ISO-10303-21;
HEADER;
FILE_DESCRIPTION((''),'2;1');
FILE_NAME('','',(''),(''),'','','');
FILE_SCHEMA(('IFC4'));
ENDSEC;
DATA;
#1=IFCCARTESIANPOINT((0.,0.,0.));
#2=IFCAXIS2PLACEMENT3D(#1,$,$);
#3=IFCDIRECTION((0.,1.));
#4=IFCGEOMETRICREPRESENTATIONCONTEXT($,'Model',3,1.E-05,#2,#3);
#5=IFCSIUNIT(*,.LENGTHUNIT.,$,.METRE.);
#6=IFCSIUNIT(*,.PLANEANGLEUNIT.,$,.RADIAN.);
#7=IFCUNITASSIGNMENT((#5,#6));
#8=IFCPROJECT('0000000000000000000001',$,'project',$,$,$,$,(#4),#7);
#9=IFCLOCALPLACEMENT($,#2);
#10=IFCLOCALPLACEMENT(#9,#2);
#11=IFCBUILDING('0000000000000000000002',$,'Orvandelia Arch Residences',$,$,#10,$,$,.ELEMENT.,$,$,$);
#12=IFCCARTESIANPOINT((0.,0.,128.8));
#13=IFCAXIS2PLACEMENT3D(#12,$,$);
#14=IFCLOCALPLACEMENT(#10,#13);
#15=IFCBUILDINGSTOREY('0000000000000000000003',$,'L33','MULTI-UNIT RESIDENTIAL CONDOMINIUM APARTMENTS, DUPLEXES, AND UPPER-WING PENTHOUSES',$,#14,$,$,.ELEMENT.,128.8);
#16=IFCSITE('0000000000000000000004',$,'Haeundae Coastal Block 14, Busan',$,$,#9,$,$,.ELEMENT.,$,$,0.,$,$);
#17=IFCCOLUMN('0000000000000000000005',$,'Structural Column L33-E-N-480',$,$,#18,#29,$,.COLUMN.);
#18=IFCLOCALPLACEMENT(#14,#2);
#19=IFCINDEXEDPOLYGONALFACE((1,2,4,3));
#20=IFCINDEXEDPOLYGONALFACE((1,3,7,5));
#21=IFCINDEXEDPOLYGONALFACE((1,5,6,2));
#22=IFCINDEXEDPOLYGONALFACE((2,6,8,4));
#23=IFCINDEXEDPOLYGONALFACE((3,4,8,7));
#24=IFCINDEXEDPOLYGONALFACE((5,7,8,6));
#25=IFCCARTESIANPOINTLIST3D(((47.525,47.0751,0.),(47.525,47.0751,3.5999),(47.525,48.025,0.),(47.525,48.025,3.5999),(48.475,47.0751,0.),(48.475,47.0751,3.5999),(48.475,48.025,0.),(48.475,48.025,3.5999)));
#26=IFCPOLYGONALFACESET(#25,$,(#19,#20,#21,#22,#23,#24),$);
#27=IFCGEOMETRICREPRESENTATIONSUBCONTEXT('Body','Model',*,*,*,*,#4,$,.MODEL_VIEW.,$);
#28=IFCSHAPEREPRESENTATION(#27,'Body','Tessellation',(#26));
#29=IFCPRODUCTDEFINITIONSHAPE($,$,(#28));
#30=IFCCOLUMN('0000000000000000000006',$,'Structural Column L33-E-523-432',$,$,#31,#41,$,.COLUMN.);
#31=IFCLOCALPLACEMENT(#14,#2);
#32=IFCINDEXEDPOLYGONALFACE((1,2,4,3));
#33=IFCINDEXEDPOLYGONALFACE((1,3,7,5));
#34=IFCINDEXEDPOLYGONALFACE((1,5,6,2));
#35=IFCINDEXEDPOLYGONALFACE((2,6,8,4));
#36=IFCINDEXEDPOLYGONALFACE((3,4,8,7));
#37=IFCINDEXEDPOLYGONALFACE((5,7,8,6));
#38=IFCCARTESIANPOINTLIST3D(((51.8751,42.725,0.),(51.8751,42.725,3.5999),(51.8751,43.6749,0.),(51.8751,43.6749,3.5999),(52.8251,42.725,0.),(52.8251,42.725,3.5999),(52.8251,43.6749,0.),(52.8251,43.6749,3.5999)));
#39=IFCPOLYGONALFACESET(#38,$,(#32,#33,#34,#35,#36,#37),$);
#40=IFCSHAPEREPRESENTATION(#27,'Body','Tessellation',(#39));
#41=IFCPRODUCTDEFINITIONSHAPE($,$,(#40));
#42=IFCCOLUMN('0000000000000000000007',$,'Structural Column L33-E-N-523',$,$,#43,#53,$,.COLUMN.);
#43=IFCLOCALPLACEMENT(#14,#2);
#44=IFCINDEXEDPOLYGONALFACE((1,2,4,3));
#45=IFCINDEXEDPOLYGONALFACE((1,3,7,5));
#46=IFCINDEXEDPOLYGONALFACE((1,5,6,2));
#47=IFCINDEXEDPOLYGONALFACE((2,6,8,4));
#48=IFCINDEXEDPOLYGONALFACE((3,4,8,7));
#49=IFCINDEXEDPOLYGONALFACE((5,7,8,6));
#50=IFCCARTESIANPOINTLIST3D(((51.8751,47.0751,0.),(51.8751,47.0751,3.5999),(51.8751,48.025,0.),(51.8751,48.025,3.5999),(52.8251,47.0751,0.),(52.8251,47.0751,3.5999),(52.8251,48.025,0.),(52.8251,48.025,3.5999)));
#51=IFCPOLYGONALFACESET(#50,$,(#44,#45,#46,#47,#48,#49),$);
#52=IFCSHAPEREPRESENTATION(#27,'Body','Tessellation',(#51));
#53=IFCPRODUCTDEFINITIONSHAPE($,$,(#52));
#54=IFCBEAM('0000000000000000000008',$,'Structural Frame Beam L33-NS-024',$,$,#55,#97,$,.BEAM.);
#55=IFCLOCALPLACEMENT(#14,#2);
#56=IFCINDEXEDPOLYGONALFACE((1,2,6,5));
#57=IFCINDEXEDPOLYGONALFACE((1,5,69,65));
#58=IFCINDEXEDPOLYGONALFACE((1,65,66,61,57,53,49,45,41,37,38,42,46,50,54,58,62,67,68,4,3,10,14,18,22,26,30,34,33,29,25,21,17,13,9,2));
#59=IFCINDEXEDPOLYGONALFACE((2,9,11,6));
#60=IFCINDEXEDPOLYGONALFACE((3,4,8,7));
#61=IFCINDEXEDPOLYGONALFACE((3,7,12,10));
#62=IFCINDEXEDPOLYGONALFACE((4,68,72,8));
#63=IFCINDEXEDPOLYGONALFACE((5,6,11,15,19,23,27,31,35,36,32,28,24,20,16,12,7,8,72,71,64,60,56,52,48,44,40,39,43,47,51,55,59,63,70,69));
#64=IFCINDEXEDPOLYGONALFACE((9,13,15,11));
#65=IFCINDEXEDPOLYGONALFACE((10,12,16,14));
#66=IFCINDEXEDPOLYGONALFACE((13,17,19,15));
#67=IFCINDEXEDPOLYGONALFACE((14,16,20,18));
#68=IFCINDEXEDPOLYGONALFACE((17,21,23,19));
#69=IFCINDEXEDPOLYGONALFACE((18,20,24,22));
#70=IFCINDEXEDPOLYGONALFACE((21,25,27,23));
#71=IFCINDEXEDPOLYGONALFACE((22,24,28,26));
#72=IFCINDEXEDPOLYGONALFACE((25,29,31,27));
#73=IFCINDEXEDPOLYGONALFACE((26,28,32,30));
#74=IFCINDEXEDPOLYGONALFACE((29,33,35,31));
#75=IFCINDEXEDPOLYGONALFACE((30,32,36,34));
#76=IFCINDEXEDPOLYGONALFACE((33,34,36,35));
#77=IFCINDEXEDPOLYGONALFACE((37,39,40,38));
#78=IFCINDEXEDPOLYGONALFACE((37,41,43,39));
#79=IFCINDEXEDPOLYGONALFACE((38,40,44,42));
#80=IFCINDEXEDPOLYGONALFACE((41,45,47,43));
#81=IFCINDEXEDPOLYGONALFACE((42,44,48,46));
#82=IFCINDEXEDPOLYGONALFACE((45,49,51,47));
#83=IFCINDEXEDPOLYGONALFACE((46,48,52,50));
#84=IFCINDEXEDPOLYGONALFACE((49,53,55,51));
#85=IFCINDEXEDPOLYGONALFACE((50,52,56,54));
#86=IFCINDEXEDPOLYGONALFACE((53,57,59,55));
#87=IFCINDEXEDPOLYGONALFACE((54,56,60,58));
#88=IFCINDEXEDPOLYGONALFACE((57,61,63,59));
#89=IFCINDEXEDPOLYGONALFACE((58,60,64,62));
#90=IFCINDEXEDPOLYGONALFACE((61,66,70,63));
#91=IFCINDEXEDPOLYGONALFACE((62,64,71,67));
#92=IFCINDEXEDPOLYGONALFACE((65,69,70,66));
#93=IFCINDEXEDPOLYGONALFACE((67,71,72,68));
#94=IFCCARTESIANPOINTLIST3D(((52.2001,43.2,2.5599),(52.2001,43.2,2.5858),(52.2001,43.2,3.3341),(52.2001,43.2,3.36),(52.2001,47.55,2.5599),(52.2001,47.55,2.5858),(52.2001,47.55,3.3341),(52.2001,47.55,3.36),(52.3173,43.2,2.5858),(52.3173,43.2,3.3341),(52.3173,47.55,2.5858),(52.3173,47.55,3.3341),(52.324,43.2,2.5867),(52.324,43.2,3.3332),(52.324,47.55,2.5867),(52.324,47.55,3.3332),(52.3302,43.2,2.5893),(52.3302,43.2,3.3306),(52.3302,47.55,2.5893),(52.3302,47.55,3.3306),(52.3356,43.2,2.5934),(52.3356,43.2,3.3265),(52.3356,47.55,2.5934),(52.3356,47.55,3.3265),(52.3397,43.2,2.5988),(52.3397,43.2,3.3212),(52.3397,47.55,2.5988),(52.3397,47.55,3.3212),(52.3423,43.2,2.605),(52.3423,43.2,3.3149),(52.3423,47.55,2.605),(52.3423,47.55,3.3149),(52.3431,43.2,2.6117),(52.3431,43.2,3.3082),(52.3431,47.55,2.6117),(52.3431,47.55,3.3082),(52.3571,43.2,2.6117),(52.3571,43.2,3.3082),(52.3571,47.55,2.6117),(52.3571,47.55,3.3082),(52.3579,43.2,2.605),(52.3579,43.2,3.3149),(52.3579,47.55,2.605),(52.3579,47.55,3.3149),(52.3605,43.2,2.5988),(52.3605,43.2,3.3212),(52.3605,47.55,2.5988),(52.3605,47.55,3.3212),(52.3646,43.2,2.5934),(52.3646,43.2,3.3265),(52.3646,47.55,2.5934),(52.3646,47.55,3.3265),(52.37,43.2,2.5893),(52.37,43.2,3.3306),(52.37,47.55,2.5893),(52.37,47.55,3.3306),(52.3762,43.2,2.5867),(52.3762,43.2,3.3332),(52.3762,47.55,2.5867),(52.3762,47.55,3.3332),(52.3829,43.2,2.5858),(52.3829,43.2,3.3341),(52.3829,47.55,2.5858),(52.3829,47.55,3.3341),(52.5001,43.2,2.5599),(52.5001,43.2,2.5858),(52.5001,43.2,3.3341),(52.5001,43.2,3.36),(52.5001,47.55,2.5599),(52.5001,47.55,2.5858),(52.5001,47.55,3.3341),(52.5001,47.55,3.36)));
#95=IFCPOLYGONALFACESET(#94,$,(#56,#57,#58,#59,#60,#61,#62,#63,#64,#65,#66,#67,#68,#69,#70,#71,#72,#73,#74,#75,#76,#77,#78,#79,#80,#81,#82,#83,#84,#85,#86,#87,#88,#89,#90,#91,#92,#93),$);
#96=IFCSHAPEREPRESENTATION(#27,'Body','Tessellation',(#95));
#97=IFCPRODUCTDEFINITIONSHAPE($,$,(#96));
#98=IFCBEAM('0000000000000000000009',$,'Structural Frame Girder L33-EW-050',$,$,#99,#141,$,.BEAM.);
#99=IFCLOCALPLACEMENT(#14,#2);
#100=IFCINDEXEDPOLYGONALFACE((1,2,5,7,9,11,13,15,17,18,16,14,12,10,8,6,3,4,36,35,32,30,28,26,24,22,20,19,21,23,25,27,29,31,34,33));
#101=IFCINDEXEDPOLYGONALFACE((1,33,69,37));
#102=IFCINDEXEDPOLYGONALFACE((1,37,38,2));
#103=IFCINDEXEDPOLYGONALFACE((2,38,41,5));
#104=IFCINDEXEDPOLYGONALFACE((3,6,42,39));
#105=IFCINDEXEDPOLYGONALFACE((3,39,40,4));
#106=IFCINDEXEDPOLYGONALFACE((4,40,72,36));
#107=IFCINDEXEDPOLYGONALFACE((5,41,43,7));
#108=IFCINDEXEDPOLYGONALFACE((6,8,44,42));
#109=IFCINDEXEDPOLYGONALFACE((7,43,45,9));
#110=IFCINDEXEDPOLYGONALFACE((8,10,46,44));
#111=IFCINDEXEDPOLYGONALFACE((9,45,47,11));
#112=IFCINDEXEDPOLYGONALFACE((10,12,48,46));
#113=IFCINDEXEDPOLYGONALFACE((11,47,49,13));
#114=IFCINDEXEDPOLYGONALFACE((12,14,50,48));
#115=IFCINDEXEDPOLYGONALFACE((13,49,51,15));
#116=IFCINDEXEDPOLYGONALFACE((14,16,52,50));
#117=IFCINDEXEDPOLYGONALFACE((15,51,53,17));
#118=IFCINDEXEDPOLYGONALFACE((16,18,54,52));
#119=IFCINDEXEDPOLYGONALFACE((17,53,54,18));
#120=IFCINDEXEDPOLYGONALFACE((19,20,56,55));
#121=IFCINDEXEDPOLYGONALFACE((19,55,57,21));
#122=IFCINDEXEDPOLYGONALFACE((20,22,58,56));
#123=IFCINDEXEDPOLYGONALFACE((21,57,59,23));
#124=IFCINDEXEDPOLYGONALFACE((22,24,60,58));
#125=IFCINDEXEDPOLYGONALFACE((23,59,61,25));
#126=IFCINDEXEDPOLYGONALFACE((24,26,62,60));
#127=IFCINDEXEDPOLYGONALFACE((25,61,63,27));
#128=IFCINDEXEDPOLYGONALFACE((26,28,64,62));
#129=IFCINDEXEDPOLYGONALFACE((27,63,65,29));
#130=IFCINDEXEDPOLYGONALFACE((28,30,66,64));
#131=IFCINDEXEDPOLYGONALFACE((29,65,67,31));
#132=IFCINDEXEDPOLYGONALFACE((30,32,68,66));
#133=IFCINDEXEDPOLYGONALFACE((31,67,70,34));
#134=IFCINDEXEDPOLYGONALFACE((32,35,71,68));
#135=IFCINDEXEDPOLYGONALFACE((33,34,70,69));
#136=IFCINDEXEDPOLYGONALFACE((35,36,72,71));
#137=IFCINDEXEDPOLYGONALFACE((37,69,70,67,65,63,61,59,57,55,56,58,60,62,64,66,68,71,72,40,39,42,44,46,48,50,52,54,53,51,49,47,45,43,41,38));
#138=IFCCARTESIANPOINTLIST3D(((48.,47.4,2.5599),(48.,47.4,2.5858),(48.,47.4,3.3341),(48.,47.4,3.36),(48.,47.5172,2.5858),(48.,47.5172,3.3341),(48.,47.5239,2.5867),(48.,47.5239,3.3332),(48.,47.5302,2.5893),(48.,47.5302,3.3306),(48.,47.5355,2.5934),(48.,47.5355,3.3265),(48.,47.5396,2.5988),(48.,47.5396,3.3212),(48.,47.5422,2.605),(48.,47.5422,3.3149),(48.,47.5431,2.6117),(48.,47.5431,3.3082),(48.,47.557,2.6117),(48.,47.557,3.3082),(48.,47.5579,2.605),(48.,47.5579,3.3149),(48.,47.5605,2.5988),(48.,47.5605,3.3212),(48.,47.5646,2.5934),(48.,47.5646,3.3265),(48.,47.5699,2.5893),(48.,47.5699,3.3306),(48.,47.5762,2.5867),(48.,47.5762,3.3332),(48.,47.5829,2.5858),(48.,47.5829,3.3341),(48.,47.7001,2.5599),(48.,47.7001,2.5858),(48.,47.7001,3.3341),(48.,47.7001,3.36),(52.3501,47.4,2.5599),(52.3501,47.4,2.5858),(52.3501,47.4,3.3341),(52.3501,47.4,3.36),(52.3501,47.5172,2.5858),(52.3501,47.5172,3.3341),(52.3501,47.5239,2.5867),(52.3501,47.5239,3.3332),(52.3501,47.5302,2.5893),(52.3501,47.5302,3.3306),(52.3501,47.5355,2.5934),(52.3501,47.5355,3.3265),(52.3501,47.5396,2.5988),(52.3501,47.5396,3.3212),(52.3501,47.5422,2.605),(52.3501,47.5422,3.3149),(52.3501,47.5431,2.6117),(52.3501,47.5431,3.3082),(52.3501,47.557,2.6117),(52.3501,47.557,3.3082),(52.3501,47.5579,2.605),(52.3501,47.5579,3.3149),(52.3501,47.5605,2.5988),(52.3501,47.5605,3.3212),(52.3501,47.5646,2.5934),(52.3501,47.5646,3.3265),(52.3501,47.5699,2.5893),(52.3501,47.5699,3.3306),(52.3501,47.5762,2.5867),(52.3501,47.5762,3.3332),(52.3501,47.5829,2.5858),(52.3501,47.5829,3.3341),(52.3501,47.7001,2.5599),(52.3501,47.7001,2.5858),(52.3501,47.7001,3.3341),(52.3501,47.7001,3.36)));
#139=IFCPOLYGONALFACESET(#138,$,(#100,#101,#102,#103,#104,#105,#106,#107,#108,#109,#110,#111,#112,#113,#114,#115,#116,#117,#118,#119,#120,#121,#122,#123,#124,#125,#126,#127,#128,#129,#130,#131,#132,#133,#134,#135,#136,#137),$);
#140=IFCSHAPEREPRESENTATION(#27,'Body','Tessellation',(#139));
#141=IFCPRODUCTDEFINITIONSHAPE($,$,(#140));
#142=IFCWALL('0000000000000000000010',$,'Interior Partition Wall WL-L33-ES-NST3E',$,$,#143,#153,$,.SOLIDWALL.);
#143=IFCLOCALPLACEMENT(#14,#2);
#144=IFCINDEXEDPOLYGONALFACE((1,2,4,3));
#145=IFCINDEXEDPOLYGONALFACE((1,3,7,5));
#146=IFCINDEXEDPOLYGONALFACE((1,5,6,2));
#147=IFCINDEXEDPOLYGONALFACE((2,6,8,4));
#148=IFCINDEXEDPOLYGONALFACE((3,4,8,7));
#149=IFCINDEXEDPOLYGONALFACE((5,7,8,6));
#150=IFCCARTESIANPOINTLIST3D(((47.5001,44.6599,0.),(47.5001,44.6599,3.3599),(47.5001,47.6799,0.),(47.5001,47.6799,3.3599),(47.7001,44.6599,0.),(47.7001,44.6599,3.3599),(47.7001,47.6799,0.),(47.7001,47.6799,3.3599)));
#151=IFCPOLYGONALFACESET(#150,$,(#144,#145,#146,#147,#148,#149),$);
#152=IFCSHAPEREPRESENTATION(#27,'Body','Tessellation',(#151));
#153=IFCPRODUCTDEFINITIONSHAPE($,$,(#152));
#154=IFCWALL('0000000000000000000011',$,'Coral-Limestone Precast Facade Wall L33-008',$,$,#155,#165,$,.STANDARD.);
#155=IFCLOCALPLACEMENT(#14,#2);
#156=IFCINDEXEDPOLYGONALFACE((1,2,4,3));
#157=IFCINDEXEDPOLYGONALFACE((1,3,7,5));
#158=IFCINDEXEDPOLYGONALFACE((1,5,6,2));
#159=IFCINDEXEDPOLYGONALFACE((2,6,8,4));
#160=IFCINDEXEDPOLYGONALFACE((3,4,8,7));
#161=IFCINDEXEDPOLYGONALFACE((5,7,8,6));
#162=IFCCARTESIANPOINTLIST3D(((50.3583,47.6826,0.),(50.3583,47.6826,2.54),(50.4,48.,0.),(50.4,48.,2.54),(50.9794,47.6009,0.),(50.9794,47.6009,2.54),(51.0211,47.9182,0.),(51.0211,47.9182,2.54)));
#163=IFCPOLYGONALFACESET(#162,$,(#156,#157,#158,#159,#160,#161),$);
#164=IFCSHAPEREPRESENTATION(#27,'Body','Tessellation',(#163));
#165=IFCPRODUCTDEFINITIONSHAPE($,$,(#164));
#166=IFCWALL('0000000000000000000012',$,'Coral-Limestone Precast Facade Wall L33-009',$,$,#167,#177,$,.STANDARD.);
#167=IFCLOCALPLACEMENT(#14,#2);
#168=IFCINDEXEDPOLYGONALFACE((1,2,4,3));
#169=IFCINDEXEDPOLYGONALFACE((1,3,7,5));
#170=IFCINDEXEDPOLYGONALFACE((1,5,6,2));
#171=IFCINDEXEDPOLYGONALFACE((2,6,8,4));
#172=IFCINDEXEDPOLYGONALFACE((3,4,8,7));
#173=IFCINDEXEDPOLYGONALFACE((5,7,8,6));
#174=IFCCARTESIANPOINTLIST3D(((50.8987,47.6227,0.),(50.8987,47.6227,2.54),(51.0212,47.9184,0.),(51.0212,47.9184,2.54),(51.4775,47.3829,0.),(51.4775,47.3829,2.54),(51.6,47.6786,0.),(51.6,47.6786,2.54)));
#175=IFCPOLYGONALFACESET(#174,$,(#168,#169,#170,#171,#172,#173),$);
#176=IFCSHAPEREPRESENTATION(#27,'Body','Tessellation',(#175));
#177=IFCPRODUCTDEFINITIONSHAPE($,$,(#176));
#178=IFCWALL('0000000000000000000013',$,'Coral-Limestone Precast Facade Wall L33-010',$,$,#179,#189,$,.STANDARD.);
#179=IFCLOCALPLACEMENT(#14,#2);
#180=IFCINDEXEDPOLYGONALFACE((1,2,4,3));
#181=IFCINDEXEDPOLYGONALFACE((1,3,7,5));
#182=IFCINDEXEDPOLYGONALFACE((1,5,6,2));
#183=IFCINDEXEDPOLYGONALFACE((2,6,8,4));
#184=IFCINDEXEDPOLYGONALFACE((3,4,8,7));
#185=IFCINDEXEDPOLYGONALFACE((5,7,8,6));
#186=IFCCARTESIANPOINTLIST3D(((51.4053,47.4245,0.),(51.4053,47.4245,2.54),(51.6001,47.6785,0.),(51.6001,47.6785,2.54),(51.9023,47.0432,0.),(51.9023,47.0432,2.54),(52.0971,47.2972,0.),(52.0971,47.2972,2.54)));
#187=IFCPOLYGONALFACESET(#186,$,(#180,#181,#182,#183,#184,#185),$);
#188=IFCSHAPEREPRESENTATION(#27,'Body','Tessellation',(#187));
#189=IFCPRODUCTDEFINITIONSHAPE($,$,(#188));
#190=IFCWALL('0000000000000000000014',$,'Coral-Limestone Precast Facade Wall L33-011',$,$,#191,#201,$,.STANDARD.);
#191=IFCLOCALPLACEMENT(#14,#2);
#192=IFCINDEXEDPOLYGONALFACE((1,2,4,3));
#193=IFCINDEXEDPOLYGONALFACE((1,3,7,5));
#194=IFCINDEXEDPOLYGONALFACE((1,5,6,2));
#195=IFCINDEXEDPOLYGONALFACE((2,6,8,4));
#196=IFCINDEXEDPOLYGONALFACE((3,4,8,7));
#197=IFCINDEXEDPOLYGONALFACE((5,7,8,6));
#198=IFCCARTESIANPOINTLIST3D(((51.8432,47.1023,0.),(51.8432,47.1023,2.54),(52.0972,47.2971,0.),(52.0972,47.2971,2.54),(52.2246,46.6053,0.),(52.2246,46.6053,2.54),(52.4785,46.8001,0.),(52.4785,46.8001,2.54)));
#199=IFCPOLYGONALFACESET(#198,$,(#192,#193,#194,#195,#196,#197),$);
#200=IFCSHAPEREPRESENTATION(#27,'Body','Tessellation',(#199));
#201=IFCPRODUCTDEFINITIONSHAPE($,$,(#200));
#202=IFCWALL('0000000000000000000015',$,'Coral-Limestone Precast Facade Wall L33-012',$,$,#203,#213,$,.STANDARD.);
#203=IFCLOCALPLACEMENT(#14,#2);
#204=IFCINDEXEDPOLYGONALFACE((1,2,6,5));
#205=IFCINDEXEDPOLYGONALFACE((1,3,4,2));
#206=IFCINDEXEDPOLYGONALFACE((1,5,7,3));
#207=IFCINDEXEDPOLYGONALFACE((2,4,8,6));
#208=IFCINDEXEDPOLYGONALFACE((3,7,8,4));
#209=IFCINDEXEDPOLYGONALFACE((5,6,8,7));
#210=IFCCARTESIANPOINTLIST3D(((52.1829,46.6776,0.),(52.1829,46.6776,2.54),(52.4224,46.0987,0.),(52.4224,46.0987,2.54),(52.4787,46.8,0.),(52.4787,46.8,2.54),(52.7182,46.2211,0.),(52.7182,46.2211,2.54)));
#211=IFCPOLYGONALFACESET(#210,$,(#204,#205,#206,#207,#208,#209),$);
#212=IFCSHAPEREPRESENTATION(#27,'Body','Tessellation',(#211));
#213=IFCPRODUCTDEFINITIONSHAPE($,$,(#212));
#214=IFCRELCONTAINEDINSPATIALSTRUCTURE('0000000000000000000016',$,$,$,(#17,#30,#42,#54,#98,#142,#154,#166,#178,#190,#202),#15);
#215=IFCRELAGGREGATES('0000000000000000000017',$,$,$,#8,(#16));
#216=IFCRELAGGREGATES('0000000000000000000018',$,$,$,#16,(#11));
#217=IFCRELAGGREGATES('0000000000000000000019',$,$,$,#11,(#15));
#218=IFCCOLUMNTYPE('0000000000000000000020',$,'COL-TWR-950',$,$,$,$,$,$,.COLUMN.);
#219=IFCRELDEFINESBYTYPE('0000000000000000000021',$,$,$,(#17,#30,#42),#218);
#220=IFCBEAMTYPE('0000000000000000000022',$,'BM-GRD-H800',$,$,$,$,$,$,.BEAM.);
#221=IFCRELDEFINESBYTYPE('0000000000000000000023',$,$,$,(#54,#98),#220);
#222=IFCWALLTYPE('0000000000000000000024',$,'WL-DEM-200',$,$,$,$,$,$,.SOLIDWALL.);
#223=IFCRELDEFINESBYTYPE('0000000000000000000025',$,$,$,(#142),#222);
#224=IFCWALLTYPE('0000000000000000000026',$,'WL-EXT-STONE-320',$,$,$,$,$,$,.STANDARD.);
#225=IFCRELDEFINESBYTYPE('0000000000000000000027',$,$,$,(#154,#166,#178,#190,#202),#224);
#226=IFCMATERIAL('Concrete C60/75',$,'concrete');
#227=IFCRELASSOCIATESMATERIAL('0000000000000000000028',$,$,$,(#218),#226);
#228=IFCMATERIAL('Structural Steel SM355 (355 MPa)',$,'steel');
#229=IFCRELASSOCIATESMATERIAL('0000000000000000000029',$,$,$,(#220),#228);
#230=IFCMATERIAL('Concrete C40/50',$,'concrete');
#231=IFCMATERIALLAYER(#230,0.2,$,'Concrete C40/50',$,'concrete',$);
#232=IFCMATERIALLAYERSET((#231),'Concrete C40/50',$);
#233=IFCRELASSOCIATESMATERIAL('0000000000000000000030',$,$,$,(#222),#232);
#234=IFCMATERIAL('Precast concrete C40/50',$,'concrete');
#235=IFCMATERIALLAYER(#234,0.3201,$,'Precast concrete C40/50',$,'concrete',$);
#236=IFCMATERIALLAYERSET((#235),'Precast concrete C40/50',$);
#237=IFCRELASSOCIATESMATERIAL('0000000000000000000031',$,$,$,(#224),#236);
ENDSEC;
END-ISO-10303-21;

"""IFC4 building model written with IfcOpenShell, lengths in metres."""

from ifc_helpers import new_model, si_unit, direction, frame, frame_2d, origin, origin_2d, place, context, subcontext, project, spatial, rectangle, i_section, extrude, material, layer, layer_set, material_profile, profile_set, type_object, element, save


model = new_model("IFC4")

# Units and contexts
model_context = context("Model", 3, precision=1e-05, world=origin(), true_north=direction((0.0, 1.0)))
body_context = subcontext(model_context, "Body", "Model", "MODEL_VIEW")
ifc_project = project(units=[si_unit("LENGTHUNIT", "METRE"), si_unit("PLANEANGLEUNIT", "RADIAN")], contexts=[model_context])

# Site, building, storey
site_placement = place(None, origin())
site = spatial("IfcSite", under=ifc_project, at=site_placement, Name="Haeundae Coastal Block 14, Busan", CompositionType="ELEMENT", RefElevation=0.0)
building_placement = place(site_placement, origin())
building = spatial("IfcBuilding", under=site, at=building_placement, Name="Orvandelia Arch Residences", CompositionType="ELEMENT")
storey_placement = place(building_placement, frame((0.0, 0.0, 128.8)))
storey = spatial("IfcBuildingStorey", under=building, at=storey_placement, Name="L33", Description="MULTI-UNIT RESIDENTIAL CONDOMINIUM APARTMENTS, DUPLEXES, AND UPPER-WING PENTHOUSES", CompositionType="ELEMENT", Elevation=128.8)

# Columns
ifc_material_1 = material(Name="Concrete C60/75", Category="concrete")
ifc_material_profile_1 = material_profile(ifc_material_1, rectangle(XDim=0.95, YDim=0.95, at=origin_2d()), Name="Concrete C60/75", Category="concrete")
ifc_profile_set_1 = profile_set([ifc_material_profile_1], Name="Concrete C60/75")
column_type = type_object("IfcColumnType", Name="COL-TWR-950", PredefinedType="COLUMN", material=ifc_profile_set_1)
for number, where, z_axis, x_axis, name in (
    (1, (48.0, 47.55, 0.0), (0.0, 0.0, 1.0), (1.0, 0.0, 0.0), "Structural Column L33-E-N-480"),
    (2, (52.3501, 43.2, 0.0), (0.0, 0.0, 1.0), (1.0, 0.0, 0.0), "Structural Column L33-E-523-432"),
    (3, (52.3501, 47.55, 0.0), (0.0, 0.0, 1.0), (1.0, 0.0, 0.0), "Structural Column L33-E-N-523"),
):
    element("IfcColumn", number, at=place(storey_placement, frame(where, z_axis=z_axis, x_axis=x_axis)), inside=storey, type_object=column_type, Name=name, PredefinedType="COLUMN", context=body_context, shape_type="SweptSolid", body=[
        extrude(rectangle(XDim=0.95, YDim=0.95, at=origin_2d()), origin(), (0.0, 0.0, 1.0), 3.5999),
    ])

# Beams
ifc_material_2 = material(Name="Structural Steel SM355 (355 MPa)", Category="steel")
ifc_material_profile_2 = material_profile(ifc_material_2, i_section(OverallWidth=0.3, OverallDepth=0.8, WebThickness=0.0139, FlangeThickness=0.0259, FilletRadius=0.0259, at=origin_2d()), Name="Structural Steel SM355 (355 MPa)", Category="steel")
ifc_profile_set_2 = profile_set([ifc_material_profile_2], Name="Structural Steel SM355 (355 MPa)")
beam_type = type_object("IfcBeamType", Name="BM-GRD-H800", PredefinedType="BEAM", material=ifc_profile_set_2)
for number, where, z_axis, x_axis, name in (
    (4, (52.3501, 43.2, 2.96), (0.0, 1.0, 0.0), (-1.0, 0.0, 0.0), "Structural Frame Beam L33-NS-024"),
    (5, (48.0, 47.55, 2.96), (1.0, 0.0, 0.0), (0.0, 1.0, 0.0), "Structural Frame Girder L33-EW-050"),
):
    element("IfcBeam", number, at=place(storey_placement, frame(where, z_axis=z_axis, x_axis=x_axis)), inside=storey, type_object=beam_type, Name=name, PredefinedType="BEAM", context=body_context, shape_type="SweptSolid", body=[
        extrude(i_section(OverallWidth=0.3, OverallDepth=0.8, WebThickness=0.0139, FlangeThickness=0.0259, FilletRadius=0.0259, at=origin_2d()), origin(), (0.0, 0.0, 1.0), 4.3501),
    ])

# Walls
ifc_material_3 = material(Name="Concrete C40/50", Category="concrete")
ifc_layer_1 = layer(ifc_material_3, 0.2, Name="Concrete C40/50", Category="concrete")
ifc_layer_set_1 = layer_set([ifc_layer_1], Name="Concrete C40/50")
wall_type_1 = type_object("IfcWallType", Name="WL-DEM-200", PredefinedType="SOLIDWALL", material=ifc_layer_set_1)
wall_1_placement = place(storey_placement, frame((47.6001, 44.6599, 0.0), z_axis=(0.0, 0.0, 1.0), x_axis=(0.0, 1.0, 0.0)))
element("IfcWall", 6, at=wall_1_placement, inside=storey, type_object=wall_type_1, Name="Interior Partition Wall WL-L33-ES-NST3E", PredefinedType="SOLIDWALL", context=body_context, shape_type="SweptSolid", body=[
    extrude(rectangle(XDim=3.02, YDim=0.2, at=frame_2d((1.51, 0.0))), origin(), (0.0, 0.0, 1.0), 3.3599),
])
ifc_material_4 = material(Name="Precast concrete C40/50", Category="concrete")
ifc_layer_2 = layer(ifc_material_4, 0.3201, Name="Precast concrete C40/50", Category="concrete")
ifc_layer_set_2 = layer_set([ifc_layer_2], Name="Precast concrete C40/50")
wall_type_2 = type_object("IfcWallType", Name="WL-EXT-STONE-320", PredefinedType="STANDARD", material=ifc_layer_set_2)
for number, where, z_axis, x_axis, name in (
    (7, (50.3792, 47.8413, 0.0), (0.0, 0.0, 1.0), (0.991441, -0.130555, 0.0), "Coral-Limestone Precast Facade Wall L33-008"),
    (8, (50.96, 47.7705, 0.0), (0.0, 0.0, 1.0), (0.923893, -0.38265, 0.0), "Coral-Limestone Precast Facade Wall L33-009"),
    (9, (51.5027, 47.5515, 0.0), (0.0, 0.0, 1.0), (0.793406, -0.608693, 0.0), "Coral-Limestone Precast Facade Wall L33-010"),
    (10, (51.9702, 47.1997, 0.0), (0.0, 0.0, 1.0), (0.608693, -0.793406, 0.0), "Coral-Limestone Precast Facade Wall L33-011"),
    (11, (52.3308, 46.7388, 0.0), (0.0, 0.0, 1.0), (0.382317, -0.924031, 0.0), "Coral-Limestone Precast Facade Wall L33-012"),
):
    element("IfcWall", number, at=place(storey_placement, frame(where, z_axis=z_axis, x_axis=x_axis)), inside=storey, type_object=wall_type_2, Name=name, PredefinedType="STANDARD", context=body_context, shape_type="SweptSolid", body=[
        extrude(rectangle(XDim=0.6265, YDim=0.3201, at=frame_2d((0.3132, 0.0))), origin(), (0.0, 0.0, 1.0), 2.54),
    ])

save(model, "model.ifc")
